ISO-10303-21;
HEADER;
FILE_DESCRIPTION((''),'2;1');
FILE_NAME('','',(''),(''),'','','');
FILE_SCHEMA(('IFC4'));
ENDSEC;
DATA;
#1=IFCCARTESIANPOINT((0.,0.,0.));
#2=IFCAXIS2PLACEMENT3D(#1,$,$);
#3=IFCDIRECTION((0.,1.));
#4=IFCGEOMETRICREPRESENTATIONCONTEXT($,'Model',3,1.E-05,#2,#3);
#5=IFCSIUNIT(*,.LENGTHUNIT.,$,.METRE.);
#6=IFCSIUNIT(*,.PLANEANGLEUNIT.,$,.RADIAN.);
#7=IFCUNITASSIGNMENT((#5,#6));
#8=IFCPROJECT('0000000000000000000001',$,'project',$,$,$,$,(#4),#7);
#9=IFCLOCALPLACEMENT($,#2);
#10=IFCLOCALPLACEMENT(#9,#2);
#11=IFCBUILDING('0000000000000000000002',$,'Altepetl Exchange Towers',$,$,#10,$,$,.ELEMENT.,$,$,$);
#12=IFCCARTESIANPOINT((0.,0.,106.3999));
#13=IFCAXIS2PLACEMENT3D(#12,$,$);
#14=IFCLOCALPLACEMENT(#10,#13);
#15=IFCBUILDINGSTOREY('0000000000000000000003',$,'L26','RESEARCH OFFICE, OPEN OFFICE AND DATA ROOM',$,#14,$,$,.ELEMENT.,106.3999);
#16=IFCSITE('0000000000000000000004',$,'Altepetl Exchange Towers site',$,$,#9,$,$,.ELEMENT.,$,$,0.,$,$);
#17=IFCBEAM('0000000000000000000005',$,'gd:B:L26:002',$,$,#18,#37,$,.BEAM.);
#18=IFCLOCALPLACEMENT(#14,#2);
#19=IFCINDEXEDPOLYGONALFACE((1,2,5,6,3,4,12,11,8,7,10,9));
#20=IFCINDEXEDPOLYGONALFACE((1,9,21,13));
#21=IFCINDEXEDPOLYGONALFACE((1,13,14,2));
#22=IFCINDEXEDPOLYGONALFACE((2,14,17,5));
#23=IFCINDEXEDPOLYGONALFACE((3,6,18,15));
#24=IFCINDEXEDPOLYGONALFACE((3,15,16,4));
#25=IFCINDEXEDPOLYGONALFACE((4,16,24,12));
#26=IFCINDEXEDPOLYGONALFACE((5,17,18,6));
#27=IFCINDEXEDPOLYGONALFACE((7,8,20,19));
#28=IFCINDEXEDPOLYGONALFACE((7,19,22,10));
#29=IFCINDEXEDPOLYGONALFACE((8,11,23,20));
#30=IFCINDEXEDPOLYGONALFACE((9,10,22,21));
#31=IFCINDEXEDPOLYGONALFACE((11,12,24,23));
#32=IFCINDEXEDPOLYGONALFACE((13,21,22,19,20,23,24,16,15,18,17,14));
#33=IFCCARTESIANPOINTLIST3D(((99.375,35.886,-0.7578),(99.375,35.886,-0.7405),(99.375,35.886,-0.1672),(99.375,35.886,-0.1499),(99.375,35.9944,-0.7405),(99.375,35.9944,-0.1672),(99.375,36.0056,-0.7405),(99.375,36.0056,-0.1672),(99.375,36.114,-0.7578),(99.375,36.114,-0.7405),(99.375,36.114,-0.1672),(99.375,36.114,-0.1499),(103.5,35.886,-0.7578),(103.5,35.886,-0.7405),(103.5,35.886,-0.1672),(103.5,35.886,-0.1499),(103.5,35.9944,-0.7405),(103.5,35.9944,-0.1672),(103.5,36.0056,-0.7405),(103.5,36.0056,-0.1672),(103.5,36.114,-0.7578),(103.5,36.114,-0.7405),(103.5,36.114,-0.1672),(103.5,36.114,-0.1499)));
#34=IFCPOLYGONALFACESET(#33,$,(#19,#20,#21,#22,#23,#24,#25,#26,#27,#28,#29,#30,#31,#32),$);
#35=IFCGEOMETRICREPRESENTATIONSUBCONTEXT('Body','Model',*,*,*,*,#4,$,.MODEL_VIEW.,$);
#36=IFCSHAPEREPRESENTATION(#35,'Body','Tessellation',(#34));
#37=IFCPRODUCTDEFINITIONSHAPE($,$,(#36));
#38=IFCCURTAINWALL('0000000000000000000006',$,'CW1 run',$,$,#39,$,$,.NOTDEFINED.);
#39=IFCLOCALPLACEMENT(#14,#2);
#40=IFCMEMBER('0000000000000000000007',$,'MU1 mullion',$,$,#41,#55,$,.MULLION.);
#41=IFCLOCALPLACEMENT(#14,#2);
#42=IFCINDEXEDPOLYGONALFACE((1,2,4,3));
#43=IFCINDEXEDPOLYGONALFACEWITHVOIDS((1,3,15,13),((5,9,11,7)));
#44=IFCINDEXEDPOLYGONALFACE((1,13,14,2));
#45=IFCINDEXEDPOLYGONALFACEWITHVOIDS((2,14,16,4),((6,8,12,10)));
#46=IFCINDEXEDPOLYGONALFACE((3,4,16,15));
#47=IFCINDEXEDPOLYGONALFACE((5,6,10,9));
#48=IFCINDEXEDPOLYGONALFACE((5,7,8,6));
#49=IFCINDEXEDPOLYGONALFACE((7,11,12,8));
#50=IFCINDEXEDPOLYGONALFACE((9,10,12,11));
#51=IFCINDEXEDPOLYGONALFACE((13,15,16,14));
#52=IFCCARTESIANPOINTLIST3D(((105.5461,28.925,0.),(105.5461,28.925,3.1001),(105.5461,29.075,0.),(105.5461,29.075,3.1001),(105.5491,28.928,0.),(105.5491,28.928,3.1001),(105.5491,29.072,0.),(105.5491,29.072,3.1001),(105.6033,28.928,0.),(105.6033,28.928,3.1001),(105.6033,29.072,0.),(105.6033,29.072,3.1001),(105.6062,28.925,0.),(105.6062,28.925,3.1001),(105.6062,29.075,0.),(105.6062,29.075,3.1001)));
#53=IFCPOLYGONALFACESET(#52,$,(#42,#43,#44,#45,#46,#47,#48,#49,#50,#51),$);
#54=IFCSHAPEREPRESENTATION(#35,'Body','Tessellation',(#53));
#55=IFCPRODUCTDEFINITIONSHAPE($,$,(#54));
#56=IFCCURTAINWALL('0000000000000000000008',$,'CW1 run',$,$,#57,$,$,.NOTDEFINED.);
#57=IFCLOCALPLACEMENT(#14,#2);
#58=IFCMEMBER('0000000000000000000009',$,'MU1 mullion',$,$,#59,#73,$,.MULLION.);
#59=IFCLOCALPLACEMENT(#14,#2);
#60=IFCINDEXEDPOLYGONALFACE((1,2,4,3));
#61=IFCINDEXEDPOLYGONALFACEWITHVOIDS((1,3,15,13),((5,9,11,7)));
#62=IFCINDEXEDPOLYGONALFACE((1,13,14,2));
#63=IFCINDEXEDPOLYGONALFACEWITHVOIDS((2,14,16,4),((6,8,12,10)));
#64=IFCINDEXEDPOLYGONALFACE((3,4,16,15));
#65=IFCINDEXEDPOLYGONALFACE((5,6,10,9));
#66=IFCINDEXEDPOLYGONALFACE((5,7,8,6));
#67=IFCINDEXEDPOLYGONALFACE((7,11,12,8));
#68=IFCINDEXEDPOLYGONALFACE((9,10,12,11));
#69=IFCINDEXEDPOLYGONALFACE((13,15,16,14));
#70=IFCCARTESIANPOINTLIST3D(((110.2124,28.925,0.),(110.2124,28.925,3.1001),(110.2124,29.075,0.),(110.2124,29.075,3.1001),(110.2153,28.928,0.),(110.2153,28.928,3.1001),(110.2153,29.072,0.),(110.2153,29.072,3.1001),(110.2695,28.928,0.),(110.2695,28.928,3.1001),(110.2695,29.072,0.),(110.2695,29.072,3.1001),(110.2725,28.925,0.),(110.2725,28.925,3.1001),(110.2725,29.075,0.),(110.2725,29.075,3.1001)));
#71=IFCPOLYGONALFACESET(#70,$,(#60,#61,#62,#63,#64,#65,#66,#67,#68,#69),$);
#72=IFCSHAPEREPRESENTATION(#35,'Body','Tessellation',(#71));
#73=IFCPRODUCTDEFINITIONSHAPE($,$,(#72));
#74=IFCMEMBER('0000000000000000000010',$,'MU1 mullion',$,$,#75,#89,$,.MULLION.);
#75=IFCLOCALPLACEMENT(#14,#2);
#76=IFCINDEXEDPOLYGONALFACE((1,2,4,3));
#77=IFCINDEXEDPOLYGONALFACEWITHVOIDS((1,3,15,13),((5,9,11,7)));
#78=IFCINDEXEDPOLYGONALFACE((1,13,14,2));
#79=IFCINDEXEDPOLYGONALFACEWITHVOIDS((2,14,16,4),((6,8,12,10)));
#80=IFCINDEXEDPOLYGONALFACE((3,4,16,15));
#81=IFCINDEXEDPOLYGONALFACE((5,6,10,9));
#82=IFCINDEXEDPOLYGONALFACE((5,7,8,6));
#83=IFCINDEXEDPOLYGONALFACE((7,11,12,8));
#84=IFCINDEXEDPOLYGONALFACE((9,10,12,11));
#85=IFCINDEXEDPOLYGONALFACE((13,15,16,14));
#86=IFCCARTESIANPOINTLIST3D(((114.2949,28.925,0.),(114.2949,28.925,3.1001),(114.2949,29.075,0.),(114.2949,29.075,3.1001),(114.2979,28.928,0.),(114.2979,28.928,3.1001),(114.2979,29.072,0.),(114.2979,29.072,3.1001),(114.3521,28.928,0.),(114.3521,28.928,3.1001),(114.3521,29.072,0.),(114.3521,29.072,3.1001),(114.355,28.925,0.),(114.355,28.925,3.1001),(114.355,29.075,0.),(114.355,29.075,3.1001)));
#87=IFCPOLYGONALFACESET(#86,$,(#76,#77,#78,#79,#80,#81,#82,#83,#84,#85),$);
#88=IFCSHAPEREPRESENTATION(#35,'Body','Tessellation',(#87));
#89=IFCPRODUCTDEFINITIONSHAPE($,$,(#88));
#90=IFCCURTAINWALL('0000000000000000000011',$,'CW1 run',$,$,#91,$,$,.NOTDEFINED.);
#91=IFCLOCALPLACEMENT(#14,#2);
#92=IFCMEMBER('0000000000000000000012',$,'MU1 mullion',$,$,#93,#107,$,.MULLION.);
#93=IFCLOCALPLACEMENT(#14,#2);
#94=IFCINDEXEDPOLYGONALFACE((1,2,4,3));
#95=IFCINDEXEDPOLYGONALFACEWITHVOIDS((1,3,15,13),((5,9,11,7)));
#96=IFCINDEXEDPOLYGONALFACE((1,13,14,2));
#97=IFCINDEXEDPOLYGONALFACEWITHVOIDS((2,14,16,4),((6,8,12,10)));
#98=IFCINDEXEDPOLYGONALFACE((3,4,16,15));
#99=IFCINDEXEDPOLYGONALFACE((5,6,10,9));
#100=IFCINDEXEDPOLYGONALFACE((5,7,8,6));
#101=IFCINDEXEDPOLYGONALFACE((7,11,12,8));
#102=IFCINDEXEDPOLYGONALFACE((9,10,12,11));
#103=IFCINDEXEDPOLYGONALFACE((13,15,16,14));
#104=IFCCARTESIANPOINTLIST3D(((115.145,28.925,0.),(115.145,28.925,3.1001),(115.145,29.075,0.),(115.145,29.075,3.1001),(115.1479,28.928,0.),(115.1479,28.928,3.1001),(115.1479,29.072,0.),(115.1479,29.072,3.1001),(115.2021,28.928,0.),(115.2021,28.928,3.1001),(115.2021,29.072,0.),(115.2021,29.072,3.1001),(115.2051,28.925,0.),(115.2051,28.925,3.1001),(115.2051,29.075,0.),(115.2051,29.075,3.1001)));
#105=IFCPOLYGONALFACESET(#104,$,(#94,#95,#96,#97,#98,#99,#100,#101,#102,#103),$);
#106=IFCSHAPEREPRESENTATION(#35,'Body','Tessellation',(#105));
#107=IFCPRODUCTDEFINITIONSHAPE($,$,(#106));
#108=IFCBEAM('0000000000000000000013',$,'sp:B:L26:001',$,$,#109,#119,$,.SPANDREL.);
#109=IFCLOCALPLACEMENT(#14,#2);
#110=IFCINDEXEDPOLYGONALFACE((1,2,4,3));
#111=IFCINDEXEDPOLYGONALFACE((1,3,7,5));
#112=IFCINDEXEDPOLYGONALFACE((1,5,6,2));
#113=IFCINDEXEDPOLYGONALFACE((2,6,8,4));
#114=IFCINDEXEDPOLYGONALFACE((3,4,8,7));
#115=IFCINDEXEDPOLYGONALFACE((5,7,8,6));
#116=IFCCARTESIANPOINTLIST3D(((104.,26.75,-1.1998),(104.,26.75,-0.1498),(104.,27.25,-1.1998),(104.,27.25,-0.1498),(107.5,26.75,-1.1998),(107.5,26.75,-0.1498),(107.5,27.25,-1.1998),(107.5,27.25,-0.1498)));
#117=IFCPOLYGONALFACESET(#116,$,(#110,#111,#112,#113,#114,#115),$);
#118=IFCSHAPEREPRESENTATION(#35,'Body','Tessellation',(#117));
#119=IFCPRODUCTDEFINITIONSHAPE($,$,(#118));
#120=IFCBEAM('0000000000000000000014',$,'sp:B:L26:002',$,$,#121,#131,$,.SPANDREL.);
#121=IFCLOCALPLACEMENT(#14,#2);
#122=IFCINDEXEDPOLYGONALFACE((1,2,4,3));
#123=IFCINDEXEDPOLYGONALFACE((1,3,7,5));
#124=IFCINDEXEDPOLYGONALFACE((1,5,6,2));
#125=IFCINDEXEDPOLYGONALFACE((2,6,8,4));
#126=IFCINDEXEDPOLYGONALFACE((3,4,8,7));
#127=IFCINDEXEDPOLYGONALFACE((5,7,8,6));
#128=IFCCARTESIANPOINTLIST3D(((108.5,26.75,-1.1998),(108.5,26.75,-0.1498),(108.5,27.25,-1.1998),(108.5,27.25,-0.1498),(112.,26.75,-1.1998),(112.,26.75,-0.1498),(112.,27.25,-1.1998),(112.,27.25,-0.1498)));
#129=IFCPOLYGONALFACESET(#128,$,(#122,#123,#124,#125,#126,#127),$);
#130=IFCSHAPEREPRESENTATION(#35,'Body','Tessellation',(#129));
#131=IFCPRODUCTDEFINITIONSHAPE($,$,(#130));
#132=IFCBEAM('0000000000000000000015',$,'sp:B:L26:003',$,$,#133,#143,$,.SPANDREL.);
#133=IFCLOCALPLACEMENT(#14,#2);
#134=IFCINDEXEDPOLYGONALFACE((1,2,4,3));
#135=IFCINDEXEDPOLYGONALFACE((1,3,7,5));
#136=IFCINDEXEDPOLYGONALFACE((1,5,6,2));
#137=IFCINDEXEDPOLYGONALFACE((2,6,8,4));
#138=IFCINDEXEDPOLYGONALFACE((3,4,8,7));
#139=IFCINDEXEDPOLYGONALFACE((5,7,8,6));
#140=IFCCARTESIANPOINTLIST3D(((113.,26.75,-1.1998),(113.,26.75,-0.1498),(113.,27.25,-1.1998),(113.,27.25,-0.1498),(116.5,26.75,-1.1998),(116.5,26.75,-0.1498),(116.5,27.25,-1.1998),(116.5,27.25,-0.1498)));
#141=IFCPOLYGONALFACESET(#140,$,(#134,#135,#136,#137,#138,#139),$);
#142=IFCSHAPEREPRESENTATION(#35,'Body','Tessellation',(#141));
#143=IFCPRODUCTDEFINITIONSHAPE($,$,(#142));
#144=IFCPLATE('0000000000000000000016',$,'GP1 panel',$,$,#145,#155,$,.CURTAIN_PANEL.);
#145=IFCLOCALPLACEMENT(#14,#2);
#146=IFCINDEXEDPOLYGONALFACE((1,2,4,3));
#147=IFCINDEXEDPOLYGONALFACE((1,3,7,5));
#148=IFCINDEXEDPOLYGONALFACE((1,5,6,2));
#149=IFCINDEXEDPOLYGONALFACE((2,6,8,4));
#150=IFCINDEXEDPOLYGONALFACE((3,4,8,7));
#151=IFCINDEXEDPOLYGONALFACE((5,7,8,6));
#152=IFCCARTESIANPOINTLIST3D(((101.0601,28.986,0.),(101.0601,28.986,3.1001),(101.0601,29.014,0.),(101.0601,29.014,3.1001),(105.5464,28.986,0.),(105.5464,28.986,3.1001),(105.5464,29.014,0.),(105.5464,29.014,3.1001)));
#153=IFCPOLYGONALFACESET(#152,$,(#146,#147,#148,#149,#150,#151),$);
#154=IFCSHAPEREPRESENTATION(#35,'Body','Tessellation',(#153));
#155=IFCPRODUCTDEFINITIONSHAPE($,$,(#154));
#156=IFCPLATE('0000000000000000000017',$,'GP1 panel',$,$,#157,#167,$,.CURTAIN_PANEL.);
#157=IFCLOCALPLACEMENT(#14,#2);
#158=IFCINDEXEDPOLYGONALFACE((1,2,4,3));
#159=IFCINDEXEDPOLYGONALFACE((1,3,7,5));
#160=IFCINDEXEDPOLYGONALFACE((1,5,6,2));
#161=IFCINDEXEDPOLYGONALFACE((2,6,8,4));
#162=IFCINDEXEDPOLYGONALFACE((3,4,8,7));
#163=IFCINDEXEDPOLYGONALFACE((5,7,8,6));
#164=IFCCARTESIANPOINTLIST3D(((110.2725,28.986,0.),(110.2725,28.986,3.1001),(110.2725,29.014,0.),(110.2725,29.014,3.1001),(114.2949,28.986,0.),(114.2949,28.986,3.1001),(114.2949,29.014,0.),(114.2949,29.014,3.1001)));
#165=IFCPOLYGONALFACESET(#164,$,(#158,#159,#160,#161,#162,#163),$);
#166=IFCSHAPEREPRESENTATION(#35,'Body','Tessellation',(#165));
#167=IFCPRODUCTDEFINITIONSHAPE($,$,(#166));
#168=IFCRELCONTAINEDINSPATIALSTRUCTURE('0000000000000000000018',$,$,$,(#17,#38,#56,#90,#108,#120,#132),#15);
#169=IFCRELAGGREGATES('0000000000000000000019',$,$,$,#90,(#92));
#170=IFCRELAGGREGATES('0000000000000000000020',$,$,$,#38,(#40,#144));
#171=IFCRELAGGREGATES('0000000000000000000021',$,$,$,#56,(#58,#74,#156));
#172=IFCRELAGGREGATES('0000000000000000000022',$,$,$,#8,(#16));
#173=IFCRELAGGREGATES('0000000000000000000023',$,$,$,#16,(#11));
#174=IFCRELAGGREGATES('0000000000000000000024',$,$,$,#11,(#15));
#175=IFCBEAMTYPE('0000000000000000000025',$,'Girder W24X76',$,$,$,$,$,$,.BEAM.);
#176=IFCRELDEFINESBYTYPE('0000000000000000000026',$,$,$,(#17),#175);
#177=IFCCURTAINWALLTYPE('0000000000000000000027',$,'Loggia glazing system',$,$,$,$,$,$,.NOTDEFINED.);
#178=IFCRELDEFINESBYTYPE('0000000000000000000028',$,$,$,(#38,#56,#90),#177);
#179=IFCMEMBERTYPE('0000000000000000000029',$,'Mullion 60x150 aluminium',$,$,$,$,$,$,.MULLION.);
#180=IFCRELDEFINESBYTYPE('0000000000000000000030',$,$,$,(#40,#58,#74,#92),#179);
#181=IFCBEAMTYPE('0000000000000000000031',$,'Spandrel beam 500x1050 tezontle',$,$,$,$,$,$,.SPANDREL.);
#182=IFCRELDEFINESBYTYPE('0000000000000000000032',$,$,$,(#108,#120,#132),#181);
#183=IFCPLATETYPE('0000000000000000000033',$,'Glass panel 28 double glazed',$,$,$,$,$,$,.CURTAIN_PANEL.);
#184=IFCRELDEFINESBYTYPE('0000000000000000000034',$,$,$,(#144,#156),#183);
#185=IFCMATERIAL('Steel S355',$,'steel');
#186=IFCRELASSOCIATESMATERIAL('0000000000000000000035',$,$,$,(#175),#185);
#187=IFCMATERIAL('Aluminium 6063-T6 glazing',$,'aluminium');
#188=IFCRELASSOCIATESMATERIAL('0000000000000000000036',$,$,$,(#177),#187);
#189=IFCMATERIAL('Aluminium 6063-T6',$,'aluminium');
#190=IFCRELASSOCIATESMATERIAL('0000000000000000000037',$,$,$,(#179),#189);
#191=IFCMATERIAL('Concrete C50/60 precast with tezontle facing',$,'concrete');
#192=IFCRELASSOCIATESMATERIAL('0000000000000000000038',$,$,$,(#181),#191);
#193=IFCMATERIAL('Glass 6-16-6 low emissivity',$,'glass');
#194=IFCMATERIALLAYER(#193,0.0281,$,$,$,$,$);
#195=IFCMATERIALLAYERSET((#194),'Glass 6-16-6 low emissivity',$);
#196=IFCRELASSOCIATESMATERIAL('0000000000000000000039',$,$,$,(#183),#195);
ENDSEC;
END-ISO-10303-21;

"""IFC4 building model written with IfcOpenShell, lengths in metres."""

from ifc_helpers import new_model, si_unit, direction, frame, origin, origin_2d, place, context, subcontext, project, spatial, rectangle, hollow_rectangle, i_section, extrude, material, layer, layer_set, material_profile, profile_set, type_object, element, aggregate, save


model = new_model("IFC4")

# Units and contexts
model_context = context("Model", 3, precision=1e-05, world=origin(), true_north=direction((0.0, 1.0)))
body_context = subcontext(model_context, "Body", "Model", "MODEL_VIEW")
ifc_project = project(units=[si_unit("LENGTHUNIT", "METRE"), si_unit("PLANEANGLEUNIT", "RADIAN")], contexts=[model_context])

# Site, building, storey
site_placement = place(None, origin())
site = spatial("IfcSite", under=ifc_project, at=site_placement, Name="Altepetl Exchange Towers site", CompositionType="ELEMENT", RefElevation=0.0)
building_placement = place(site_placement, origin())
building = spatial("IfcBuilding", under=site, at=building_placement, Name="Altepetl Exchange Towers", CompositionType="ELEMENT")
storey_placement = place(building_placement, frame((0.0, 0.0, 106.3999)))
storey = spatial("IfcBuildingStorey", under=building, at=storey_placement, Name="L26", Description="RESEARCH OFFICE, OPEN OFFICE AND DATA ROOM", CompositionType="ELEMENT", Elevation=106.3999)

# Beam
ifc_material_1 = material(Name="Steel S355", Category="steel")
ifc_material_profile_1 = material_profile(ifc_material_1, i_section(OverallWidth=0.228, OverallDepth=0.6079, WebThickness=0.0112, FlangeThickness=0.0173, at=origin_2d()), Name="W24X76")
ifc_profile_set_1 = profile_set([ifc_material_profile_1], Name="Steel S355")
beam_type_1 = type_object("IfcBeamType", Name="Girder W24X76", PredefinedType="BEAM", material=ifc_profile_set_1)
beam_1_placement = place(storey_placement, frame((103.5, 36.0, -0.4539), z_axis=(-1.0, 0.0, 0.0), x_axis=(0.0, -1.0, 0.0)))
element("IfcBeam", 1, at=beam_1_placement, inside=storey, type_object=beam_type_1, Name="gd:B:L26:002", PredefinedType="BEAM", context=body_context, shape_type="SweptSolid", body=[
    extrude(i_section(OverallWidth=0.228, OverallDepth=0.6079, WebThickness=0.0112, FlangeThickness=0.0173, at=origin_2d()), origin(), (0.0, 0.0, 1.0), 4.125),
])

# Curtain wall, member
ifc_material_2 = material(Name="Aluminium 6063-T6 glazing", Category="aluminium")
curtain_wall_type = type_object("IfcCurtainWallType", Name="Loggia glazing system", PredefinedType="NOTDEFINED", material=ifc_material_2)
curtain_wall_1_placement = place(storey_placement, origin())
curtain_wall_1 = element("IfcCurtainWall", 2, at=curtain_wall_1_placement, inside=storey, type_object=curtain_wall_type, Name="CW1 run", PredefinedType="NOTDEFINED")
ifc_material_3 = material(Name="Aluminium 6063-T6", Category="aluminium")
ifc_material_profile_2 = material_profile(ifc_material_3, hollow_rectangle(XDim=0.0601, YDim=0.1499, WallThickness=0.0029, at=origin_2d()), Name="Mullion 60x150 aluminium")
ifc_profile_set_2 = profile_set([ifc_material_profile_2], Name="Aluminium 6063-T6")
member_type = type_object("IfcMemberType", Name="Mullion 60x150 aluminium", PredefinedType="MULLION", material=ifc_profile_set_2)
member_1_placement = place(storey_placement, frame((105.5762, 29.0, 0.0)))
member_1 = element("IfcMember", 3, at=member_1_placement, type_object=member_type, Name="MU1 mullion", PredefinedType="MULLION", context=body_context, shape_type="SweptSolid", body=[
    extrude(hollow_rectangle(XDim=0.0601, YDim=0.1499, WallThickness=0.0029, at=origin_2d()), origin(), (0.0, 0.0, 1.0), 3.1001),
])

# Curtain wall, members
curtain_wall_2_placement = place(storey_placement, origin())
curtain_wall_2 = element("IfcCurtainWall", 4, at=curtain_wall_2_placement, inside=storey, type_object=curtain_wall_type, Name="CW1 run", PredefinedType="NOTDEFINED")
member_2_placement = place(storey_placement, frame((110.2424, 29.0, 0.0)))
member_2 = element("IfcMember", 5, at=member_2_placement, type_object=member_type, Name="MU1 mullion", PredefinedType="MULLION", context=body_context, shape_type="SweptSolid", body=[
    extrude(hollow_rectangle(XDim=0.0601, YDim=0.1499, WallThickness=0.0029, at=origin_2d()), origin(), (0.0, 0.0, 1.0), 3.1001),
])
member_3_placement = place(storey_placement, frame((114.325, 29.0, 0.0)))
member_3 = element("IfcMember", 6, at=member_3_placement, type_object=member_type, Name="MU1 mullion", PredefinedType="MULLION", context=body_context, shape_type="SweptSolid", body=[
    extrude(hollow_rectangle(XDim=0.0601, YDim=0.1499, WallThickness=0.0029, at=origin_2d()), origin(), (0.0, 0.0, 1.0), 3.1001),
])

# Curtain wall, member
curtain_wall_3_placement = place(storey_placement, origin())
curtain_wall_3 = element("IfcCurtainWall", 7, at=curtain_wall_3_placement, inside=storey, type_object=curtain_wall_type, Name="CW1 run", PredefinedType="NOTDEFINED")
member_4_placement = place(storey_placement, frame((115.175, 29.0, 0.0)))
member_4 = element("IfcMember", 8, at=member_4_placement, type_object=member_type, Name="MU1 mullion", PredefinedType="MULLION", context=body_context, shape_type="SweptSolid", body=[
    extrude(hollow_rectangle(XDim=0.0601, YDim=0.1499, WallThickness=0.0029, at=origin_2d()), origin(), (0.0, 0.0, 1.0), 3.1001),
])
aggregate(curtain_wall_3, [member_4])

# Beams
ifc_material_4 = material(Name="Concrete C50/60 precast with tezontle facing", Category="concrete")
ifc_material_profile_3 = material_profile(ifc_material_4, rectangle(XDim=0.5, YDim=1.05, at=origin_2d()), Name="500 x 1050")
ifc_profile_set_3 = profile_set([ifc_material_profile_3], Name="Concrete C50/60 precast with tezontle facing")
beam_type_2 = type_object("IfcBeamType", Name="Spandrel beam 500x1050 tezontle", PredefinedType="SPANDREL", material=ifc_profile_set_3)
for number, where, z_axis, x_axis, name in (
    (9, (104.0, 27.0, -0.6748), (1.0, 0.0, 0.0), (0.0, 1.0, 0.0), "sp:B:L26:001"),
    (10, (108.5, 27.0, -0.6748), (1.0, 0.0, 0.0), (0.0, 1.0, 0.0), "sp:B:L26:002"),
    (11, (113.0, 27.0, -0.6748), (1.0, 0.0, 0.0), (0.0, 1.0, 0.0), "sp:B:L26:003"),
):
    element("IfcBeam", number, at=place(storey_placement, frame(where, z_axis=z_axis, x_axis=x_axis)), inside=storey, type_object=beam_type_2, Name=name, PredefinedType="SPANDREL", context=body_context, shape_type="SweptSolid", body=[
        extrude(rectangle(XDim=0.5, YDim=1.05, at=origin_2d()), origin(), (0.0, 0.0, 1.0), 3.5),
    ])

# Plates
ifc_material_5 = material(Name="Glass 6-16-6 low emissivity", Category="glass")
ifc_layer_1 = layer(ifc_material_5, 0.0281)
ifc_layer_set_1 = layer_set([ifc_layer_1], Name="Glass 6-16-6 low emissivity")
plate_type = type_object("IfcPlateType", Name="Glass panel 28 double glazed", PredefinedType="CURTAIN_PANEL", material=ifc_layer_set_1)
plate_1_placement = place(storey_placement, frame((103.3032, 29.0, 0.0)))
plate_1 = element("IfcPlate", 12, at=plate_1_placement, type_object=plate_type, Name="GP1 panel", PredefinedType="CURTAIN_PANEL", context=body_context, shape_type="SweptSolid", body=[
    extrude(rectangle(XDim=4.4863, YDim=0.0281, at=origin_2d()), origin(), (0.0, 0.0, 1.0), 3.1001),
])
aggregate(curtain_wall_1, [member_1, plate_1])
plate_2_placement = place(storey_placement, frame((112.2837, 29.0, 0.0)))
plate_2 = element("IfcPlate", 13, at=plate_2_placement, type_object=plate_type, Name="GP1 panel", PredefinedType="CURTAIN_PANEL", context=body_context, shape_type="SweptSolid", body=[
    extrude(rectangle(XDim=4.0225, YDim=0.0281, at=origin_2d()), origin(), (0.0, 0.0, 1.0), 3.1001),
])
aggregate(curtain_wall_2, [member_2, member_3, plate_2])

save(model, "model.ifc")
